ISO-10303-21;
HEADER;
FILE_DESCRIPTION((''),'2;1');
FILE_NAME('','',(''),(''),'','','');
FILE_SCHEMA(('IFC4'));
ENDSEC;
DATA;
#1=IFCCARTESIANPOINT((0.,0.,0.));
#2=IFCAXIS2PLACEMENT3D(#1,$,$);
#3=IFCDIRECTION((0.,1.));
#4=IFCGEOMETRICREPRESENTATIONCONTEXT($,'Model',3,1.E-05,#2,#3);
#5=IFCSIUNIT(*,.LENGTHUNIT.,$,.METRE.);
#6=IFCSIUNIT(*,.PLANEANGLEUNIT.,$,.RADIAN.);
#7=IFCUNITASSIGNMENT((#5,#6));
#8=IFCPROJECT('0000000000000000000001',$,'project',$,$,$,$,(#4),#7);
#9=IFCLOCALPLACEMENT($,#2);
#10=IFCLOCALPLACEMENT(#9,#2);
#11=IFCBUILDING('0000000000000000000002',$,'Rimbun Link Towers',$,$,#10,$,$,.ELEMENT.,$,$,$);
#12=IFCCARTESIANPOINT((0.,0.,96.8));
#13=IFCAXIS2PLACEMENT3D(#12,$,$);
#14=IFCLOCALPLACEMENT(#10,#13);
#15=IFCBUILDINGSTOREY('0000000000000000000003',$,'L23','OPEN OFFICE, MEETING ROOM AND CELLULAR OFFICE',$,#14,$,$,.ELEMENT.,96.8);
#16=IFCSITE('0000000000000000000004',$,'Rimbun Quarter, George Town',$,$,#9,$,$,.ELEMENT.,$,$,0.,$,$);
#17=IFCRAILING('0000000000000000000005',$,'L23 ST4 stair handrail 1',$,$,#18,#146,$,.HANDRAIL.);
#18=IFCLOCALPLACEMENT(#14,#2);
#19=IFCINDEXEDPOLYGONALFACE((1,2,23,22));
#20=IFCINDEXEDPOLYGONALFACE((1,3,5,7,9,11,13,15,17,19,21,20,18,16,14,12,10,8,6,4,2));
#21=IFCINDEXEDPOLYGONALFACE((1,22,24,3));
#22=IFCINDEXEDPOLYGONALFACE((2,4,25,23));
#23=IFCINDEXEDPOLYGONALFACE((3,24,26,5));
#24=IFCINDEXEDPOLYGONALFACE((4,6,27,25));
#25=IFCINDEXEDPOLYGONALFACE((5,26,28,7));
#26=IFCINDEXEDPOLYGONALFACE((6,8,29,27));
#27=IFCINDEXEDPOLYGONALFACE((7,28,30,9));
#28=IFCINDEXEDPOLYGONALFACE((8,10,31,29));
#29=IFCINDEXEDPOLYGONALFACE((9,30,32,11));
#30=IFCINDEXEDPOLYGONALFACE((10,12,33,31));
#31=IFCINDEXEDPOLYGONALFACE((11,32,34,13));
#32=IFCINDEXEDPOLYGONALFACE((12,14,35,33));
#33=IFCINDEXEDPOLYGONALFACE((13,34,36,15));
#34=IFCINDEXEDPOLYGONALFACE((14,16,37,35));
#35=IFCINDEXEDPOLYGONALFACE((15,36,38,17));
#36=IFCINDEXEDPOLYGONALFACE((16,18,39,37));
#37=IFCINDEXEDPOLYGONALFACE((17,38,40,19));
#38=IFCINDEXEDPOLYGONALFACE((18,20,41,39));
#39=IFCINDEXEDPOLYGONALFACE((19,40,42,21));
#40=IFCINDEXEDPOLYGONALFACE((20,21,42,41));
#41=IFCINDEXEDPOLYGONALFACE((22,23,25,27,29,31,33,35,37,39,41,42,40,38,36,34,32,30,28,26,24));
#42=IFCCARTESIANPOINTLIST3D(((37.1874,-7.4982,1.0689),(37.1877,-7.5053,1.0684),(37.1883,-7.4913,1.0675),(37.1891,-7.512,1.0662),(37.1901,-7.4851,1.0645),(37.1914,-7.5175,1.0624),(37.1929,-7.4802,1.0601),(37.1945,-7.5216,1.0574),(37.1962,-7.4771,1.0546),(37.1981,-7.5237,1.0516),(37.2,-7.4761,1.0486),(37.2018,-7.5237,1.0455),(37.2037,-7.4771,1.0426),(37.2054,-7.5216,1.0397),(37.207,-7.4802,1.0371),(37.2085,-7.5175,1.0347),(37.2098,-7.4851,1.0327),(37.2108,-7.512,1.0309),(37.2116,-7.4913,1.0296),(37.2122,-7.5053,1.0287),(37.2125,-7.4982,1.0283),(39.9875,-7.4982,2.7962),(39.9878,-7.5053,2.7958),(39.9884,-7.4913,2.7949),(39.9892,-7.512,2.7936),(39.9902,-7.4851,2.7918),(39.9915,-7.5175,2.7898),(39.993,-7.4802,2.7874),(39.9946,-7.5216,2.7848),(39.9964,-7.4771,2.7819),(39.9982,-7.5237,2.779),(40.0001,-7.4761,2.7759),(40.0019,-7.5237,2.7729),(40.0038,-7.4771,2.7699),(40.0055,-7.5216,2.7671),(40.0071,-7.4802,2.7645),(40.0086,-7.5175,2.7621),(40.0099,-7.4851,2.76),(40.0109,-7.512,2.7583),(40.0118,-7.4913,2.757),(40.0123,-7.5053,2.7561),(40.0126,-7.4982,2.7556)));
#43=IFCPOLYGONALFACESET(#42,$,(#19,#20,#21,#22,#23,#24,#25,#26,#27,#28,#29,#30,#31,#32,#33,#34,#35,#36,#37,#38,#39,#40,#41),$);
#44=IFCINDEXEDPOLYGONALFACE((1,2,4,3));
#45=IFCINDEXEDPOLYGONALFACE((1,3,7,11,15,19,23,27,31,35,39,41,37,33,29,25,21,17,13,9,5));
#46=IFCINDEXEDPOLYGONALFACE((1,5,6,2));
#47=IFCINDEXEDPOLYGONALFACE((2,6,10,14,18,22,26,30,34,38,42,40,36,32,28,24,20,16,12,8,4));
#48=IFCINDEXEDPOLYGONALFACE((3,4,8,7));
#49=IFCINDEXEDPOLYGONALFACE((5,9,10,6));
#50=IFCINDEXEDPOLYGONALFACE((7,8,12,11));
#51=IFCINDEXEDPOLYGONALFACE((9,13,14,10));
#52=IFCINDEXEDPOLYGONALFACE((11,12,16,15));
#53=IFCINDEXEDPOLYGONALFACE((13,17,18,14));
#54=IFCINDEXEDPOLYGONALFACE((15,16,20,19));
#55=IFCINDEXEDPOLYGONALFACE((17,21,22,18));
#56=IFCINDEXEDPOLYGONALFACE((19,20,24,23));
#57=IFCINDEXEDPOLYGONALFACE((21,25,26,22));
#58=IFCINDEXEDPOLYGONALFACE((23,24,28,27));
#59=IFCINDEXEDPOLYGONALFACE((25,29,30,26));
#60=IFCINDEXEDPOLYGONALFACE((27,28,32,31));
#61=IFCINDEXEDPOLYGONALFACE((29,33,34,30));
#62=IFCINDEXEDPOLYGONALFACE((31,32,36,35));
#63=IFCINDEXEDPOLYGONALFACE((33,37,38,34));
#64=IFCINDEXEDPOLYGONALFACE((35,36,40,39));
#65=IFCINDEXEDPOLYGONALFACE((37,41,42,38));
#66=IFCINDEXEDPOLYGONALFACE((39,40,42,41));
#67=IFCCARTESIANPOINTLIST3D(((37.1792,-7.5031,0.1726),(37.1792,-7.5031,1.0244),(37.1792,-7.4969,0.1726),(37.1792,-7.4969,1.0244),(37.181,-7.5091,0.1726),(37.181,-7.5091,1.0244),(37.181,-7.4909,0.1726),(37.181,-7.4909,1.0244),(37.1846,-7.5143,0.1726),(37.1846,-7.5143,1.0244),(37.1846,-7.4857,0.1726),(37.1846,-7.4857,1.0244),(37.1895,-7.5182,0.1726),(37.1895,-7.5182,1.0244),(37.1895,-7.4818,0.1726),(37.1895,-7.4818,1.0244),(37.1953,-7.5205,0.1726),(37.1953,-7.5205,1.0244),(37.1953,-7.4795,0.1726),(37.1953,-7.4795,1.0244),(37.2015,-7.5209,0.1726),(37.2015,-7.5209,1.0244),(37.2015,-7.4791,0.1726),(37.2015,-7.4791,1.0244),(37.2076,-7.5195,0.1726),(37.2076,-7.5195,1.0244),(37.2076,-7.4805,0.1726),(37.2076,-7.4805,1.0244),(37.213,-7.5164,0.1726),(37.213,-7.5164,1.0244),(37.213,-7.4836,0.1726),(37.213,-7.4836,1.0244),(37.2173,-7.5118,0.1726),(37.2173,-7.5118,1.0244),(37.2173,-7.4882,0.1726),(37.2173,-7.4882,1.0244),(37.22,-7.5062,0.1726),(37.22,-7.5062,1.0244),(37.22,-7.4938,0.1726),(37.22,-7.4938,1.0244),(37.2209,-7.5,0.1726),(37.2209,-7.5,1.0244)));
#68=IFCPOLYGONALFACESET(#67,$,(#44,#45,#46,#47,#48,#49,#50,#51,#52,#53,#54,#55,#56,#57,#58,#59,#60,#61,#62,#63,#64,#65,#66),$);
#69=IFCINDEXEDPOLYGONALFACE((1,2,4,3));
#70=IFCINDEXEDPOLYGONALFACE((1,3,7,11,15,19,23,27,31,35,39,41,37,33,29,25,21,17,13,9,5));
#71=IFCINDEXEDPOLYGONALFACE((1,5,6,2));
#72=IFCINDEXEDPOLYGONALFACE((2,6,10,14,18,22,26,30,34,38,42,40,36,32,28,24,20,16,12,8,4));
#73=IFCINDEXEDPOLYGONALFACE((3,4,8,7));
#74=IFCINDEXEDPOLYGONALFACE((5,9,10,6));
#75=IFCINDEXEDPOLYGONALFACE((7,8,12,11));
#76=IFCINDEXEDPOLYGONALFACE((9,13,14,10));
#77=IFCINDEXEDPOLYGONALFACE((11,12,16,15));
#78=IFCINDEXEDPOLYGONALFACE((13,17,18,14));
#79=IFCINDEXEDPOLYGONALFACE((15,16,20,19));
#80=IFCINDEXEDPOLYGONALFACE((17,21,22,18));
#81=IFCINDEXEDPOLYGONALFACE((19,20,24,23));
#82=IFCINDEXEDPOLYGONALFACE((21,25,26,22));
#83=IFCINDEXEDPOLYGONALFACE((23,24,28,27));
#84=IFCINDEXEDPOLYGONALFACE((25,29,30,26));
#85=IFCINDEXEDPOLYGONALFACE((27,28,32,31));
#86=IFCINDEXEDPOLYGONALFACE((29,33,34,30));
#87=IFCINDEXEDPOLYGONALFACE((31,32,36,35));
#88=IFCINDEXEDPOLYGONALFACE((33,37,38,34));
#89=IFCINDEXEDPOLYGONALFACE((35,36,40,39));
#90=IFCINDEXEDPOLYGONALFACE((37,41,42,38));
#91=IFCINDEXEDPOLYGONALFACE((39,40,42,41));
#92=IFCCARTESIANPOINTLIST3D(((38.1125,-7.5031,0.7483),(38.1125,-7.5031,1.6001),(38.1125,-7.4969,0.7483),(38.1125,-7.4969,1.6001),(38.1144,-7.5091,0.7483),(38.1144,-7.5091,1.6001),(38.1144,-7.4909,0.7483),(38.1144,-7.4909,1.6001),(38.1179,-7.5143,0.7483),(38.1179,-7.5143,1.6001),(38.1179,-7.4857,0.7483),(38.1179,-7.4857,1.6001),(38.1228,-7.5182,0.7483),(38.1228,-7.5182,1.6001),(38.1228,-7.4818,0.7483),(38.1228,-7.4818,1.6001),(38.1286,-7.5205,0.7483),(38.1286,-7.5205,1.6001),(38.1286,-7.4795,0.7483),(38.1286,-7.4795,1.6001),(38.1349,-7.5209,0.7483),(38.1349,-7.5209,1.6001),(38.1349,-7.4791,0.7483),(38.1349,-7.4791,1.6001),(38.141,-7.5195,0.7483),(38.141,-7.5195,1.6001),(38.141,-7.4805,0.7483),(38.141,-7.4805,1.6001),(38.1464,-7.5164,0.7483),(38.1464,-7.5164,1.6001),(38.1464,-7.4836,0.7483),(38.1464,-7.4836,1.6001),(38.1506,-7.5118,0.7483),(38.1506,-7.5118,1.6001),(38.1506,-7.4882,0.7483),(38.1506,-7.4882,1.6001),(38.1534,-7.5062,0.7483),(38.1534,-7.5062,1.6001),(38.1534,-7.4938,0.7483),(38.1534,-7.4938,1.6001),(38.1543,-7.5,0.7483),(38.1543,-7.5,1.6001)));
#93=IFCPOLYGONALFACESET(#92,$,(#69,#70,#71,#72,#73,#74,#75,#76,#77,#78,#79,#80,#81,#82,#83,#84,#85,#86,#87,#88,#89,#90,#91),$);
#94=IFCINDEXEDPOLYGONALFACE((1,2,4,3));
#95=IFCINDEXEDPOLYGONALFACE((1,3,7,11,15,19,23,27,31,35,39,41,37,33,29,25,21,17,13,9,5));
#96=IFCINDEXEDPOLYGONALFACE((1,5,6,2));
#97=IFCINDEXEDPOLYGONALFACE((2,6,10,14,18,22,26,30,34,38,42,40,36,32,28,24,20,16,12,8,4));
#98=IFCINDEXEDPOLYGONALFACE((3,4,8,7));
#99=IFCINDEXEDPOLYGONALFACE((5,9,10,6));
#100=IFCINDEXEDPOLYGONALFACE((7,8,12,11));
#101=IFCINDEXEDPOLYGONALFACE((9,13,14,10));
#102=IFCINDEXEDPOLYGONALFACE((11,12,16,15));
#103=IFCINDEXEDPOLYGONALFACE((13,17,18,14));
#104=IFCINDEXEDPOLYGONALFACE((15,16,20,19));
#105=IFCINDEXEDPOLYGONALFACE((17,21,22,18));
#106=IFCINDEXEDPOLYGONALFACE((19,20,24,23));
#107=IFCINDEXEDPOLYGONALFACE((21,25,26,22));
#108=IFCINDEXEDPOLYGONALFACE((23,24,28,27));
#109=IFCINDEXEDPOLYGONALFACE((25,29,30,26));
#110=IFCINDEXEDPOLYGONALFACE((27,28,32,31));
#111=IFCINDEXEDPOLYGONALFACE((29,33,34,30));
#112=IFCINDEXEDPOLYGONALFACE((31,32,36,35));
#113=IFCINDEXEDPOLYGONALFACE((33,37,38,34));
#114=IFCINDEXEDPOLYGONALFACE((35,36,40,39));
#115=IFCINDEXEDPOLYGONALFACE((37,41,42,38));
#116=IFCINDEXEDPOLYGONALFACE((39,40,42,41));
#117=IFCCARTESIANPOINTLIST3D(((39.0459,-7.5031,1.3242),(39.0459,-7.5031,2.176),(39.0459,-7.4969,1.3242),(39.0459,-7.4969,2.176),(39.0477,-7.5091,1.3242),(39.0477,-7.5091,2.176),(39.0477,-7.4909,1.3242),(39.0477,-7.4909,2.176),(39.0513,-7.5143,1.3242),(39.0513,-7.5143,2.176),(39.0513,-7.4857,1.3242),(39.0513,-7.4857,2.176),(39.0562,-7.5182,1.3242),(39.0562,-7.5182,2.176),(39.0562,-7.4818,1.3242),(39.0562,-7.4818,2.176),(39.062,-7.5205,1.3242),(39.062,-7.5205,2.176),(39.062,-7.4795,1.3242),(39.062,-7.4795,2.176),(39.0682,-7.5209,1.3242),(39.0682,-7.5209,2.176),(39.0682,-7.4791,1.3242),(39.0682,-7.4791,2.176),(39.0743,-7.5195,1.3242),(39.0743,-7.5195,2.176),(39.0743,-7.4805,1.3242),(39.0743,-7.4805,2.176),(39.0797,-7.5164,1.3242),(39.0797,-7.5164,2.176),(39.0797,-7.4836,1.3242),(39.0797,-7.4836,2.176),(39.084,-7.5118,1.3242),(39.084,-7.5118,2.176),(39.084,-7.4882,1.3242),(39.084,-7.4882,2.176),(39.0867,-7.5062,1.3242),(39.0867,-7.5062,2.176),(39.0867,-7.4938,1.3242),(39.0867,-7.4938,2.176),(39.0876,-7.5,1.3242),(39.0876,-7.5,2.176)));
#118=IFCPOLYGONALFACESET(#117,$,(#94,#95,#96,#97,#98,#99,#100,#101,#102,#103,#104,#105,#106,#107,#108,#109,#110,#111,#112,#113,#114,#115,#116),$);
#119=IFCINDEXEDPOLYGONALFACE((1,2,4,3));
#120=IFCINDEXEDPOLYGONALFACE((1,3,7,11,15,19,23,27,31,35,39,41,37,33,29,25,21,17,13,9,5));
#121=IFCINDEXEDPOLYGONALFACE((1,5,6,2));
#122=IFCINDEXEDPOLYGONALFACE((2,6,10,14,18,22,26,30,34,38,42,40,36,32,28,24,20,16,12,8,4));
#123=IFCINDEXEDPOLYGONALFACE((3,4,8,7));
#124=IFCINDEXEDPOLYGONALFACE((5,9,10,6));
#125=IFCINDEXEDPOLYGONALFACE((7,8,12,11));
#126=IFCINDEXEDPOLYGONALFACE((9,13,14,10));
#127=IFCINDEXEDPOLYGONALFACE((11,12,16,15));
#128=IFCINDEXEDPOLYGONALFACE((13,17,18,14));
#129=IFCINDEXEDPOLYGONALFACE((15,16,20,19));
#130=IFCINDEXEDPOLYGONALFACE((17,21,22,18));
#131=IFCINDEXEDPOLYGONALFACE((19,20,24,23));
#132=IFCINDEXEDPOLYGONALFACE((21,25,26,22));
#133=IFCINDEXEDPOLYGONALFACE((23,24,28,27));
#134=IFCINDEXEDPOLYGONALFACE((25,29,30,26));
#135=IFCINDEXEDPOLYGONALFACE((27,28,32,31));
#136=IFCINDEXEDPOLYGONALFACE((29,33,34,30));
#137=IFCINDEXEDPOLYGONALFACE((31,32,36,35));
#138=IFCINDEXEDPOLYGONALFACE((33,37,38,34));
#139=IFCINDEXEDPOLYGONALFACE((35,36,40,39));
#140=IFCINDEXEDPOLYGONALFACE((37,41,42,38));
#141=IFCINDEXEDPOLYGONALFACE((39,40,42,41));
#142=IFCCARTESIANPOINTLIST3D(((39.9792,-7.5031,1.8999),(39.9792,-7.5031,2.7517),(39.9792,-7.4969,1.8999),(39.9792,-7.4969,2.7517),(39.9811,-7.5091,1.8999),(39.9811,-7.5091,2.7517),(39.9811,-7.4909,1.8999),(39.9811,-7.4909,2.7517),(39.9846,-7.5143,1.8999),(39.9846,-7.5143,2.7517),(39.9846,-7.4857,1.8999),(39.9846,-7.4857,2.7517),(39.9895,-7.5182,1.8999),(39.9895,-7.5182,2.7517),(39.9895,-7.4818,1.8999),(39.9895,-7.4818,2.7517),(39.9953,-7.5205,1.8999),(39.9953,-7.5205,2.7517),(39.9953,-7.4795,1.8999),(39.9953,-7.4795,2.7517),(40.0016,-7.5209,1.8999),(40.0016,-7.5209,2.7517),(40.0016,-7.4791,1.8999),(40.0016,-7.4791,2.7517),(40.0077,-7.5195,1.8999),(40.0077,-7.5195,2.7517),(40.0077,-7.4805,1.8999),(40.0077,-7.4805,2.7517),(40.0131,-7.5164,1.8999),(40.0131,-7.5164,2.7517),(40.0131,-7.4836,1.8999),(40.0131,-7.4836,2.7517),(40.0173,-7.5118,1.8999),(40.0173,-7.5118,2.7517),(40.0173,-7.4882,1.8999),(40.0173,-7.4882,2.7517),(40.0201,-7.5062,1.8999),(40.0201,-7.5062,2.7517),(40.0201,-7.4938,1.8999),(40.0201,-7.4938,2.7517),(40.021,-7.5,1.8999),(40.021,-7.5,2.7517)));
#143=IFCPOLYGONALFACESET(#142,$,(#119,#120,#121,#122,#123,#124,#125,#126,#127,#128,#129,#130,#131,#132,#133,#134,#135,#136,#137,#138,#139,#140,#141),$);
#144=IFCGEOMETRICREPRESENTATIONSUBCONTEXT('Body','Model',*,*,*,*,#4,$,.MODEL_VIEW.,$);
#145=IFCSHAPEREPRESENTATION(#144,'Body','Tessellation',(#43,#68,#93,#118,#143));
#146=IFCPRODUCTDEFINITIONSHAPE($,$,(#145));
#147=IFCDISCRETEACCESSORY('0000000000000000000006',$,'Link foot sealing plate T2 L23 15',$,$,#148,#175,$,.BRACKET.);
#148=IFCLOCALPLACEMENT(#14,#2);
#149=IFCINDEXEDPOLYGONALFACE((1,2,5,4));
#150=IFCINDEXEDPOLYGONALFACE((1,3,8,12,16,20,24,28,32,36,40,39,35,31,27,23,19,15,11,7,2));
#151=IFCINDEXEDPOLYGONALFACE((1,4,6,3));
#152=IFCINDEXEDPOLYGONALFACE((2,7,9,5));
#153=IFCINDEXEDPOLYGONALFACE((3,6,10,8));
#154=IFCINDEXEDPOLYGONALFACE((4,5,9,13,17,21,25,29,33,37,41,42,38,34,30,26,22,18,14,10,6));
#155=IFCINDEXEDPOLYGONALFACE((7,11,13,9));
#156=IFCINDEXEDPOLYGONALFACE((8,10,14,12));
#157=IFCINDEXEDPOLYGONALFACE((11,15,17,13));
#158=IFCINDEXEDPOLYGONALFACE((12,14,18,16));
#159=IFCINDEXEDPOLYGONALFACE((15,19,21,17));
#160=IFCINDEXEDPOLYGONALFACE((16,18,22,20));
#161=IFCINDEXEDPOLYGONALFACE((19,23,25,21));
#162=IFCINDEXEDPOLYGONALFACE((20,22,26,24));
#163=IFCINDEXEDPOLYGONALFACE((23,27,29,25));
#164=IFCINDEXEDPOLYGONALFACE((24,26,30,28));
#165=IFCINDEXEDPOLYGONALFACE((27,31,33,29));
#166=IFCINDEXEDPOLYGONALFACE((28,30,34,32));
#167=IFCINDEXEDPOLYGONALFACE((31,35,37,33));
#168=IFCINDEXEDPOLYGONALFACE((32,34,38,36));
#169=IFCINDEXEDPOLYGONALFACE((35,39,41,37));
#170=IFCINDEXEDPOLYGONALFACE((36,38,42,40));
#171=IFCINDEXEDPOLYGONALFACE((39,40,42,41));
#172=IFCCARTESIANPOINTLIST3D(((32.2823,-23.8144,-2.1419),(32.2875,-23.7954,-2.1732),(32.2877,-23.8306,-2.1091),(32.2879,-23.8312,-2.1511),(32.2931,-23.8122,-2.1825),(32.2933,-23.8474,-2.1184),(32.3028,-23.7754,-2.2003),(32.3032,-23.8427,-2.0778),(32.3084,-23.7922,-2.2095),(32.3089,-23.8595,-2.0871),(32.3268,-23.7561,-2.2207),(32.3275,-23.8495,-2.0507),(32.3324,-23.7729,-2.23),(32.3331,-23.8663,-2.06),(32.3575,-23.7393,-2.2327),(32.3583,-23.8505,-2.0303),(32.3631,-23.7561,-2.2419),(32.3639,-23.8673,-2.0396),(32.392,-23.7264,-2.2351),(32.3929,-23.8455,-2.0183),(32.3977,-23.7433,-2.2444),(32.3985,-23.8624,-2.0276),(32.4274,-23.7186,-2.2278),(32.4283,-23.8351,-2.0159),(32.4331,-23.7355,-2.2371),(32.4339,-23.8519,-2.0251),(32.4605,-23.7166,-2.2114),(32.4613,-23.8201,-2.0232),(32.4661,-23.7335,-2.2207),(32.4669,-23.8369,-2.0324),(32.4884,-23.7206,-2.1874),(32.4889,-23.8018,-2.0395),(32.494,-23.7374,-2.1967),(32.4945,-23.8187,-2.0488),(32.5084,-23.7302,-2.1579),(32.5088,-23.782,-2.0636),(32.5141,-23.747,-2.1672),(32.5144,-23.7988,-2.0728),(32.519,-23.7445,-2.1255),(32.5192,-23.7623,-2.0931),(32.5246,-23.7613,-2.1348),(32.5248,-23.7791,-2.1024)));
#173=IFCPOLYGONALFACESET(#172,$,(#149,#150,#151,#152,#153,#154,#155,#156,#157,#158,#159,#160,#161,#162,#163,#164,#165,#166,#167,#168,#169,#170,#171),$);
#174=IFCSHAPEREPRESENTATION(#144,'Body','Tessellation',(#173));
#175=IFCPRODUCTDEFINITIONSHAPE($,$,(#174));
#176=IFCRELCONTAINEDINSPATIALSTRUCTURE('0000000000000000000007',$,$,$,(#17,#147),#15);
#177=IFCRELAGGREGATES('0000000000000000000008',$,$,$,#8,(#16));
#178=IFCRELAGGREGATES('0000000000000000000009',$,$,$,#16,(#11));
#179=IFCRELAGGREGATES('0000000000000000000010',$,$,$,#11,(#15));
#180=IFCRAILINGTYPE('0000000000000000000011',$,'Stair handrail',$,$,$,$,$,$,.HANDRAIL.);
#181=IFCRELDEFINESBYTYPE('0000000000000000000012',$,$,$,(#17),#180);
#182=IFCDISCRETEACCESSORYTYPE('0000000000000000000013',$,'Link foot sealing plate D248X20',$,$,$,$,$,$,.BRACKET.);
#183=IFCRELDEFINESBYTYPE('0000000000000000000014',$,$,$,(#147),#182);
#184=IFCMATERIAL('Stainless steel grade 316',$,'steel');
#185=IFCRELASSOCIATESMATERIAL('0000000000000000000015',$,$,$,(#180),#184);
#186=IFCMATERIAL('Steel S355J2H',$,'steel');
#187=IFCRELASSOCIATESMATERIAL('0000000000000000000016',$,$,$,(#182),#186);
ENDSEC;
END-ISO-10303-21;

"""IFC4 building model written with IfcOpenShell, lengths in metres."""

from ifc_helpers import new_model, si_unit, direction, frame, origin, origin_2d, place, context, subcontext, project, spatial, circle, extrude, material, material_profile, profile_set, type_object, element, save


model = new_model("IFC4")

# Units and contexts
model_context = context("Model", 3, precision=1e-05, world=origin(), true_north=direction((0.0, 1.0)))
body_context = subcontext(model_context, "Body", "Model", "MODEL_VIEW")
ifc_project = project(units=[si_unit("LENGTHUNIT", "METRE"), si_unit("PLANEANGLEUNIT", "RADIAN")], contexts=[model_context])

# Site, building, storey
site_placement = place(None, origin())
site = spatial("IfcSite", under=ifc_project, at=site_placement, Name="Rimbun Quarter, George Town", CompositionType="ELEMENT", RefElevation=0.0)
building_placement = place(site_placement, origin())
building = spatial("IfcBuilding", under=site, at=building_placement, Name="Rimbun Link Towers", CompositionType="ELEMENT")
storey_placement = place(building_placement, frame((0.0, 0.0, 96.8)))
storey = spatial("IfcBuildingStorey", under=building, at=storey_placement, Name="L23", Description="OPEN OFFICE, MEETING ROOM AND CELLULAR OFFICE", CompositionType="ELEMENT", Elevation=96.8)

# Railing
ifc_material_1 = material(Name="Stainless steel grade 316", Category="steel")
railing_type_1 = type_object("IfcRailingType", Name="Stair handrail", PredefinedType="HANDRAIL", material=ifc_material_1)
railing_1_placement = place(storey_placement, frame((37.2, -7.5, 0.1726)))
element("IfcRailing", 1, at=railing_1_placement, inside=storey, type_object=railing_type_1, Name="L23 ST4 stair handrail 1", PredefinedType="HANDRAIL", context=body_context, shape_type="SweptSolid", body=[
    extrude(circle(Radius=0.0239, at=origin_2d()), frame((0.0, 0.0, 0.876), z_axis=(0.85109, 0.0, 0.52502), x_axis=(0.0, 1.0, 0.0)), (0.0, 0.0, 1.0), 3.29),
    extrude(circle(Radius=0.021, at=origin_2d()), origin(), (0.0, 0.0, 1.0), 0.8518),
    extrude(circle(Radius=0.021, at=origin_2d()), frame((0.9333, 0.0, 0.5757)), (0.0, 0.0, 1.0), 0.8518),
    extrude(circle(Radius=0.021, at=origin_2d()), frame((1.8667, 0.0, 1.1516)), (0.0, 0.0, 1.0), 0.8518),
    extrude(circle(Radius=0.021, at=origin_2d()), frame((2.8, 0.0, 1.7273)), (0.0, 0.0, 1.0), 0.8518),
])

# Discrete accessory
ifc_material_2 = material(Name="Steel S355J2H", Category="steel")
ifc_material_profile_1 = material_profile(ifc_material_2, circle(Radius=0.124, at=origin_2d()), Name="PL D248")
ifc_profile_set_1 = profile_set([ifc_material_profile_1], Name="Steel S355J2H")
discrete_accessory_type = type_object("IfcDiscreteAccessoryType", Name="Link foot sealing plate D248X20", PredefinedType="BRACKET", material=ifc_profile_set_1)
discrete_accessory_placement = place(storey_placement, frame((32.4014, -23.7837, -2.1255), z_axis=(0.280279, -0.840838, -0.46307), x_axis=(0.948683, 0.316228, 0.0)))
element("IfcDiscreteAccessory", 2, at=discrete_accessory_placement, inside=storey, type_object=discrete_accessory_type, Name="Link foot sealing plate T2 L23 15", PredefinedType="BRACKET", context=body_context, shape_type="SweptSolid", body=[
    extrude(circle(Radius=0.124, at=origin_2d()), origin(), (0.0, 0.0, 1.0), 0.02),
])

save(model, "model.ifc")
